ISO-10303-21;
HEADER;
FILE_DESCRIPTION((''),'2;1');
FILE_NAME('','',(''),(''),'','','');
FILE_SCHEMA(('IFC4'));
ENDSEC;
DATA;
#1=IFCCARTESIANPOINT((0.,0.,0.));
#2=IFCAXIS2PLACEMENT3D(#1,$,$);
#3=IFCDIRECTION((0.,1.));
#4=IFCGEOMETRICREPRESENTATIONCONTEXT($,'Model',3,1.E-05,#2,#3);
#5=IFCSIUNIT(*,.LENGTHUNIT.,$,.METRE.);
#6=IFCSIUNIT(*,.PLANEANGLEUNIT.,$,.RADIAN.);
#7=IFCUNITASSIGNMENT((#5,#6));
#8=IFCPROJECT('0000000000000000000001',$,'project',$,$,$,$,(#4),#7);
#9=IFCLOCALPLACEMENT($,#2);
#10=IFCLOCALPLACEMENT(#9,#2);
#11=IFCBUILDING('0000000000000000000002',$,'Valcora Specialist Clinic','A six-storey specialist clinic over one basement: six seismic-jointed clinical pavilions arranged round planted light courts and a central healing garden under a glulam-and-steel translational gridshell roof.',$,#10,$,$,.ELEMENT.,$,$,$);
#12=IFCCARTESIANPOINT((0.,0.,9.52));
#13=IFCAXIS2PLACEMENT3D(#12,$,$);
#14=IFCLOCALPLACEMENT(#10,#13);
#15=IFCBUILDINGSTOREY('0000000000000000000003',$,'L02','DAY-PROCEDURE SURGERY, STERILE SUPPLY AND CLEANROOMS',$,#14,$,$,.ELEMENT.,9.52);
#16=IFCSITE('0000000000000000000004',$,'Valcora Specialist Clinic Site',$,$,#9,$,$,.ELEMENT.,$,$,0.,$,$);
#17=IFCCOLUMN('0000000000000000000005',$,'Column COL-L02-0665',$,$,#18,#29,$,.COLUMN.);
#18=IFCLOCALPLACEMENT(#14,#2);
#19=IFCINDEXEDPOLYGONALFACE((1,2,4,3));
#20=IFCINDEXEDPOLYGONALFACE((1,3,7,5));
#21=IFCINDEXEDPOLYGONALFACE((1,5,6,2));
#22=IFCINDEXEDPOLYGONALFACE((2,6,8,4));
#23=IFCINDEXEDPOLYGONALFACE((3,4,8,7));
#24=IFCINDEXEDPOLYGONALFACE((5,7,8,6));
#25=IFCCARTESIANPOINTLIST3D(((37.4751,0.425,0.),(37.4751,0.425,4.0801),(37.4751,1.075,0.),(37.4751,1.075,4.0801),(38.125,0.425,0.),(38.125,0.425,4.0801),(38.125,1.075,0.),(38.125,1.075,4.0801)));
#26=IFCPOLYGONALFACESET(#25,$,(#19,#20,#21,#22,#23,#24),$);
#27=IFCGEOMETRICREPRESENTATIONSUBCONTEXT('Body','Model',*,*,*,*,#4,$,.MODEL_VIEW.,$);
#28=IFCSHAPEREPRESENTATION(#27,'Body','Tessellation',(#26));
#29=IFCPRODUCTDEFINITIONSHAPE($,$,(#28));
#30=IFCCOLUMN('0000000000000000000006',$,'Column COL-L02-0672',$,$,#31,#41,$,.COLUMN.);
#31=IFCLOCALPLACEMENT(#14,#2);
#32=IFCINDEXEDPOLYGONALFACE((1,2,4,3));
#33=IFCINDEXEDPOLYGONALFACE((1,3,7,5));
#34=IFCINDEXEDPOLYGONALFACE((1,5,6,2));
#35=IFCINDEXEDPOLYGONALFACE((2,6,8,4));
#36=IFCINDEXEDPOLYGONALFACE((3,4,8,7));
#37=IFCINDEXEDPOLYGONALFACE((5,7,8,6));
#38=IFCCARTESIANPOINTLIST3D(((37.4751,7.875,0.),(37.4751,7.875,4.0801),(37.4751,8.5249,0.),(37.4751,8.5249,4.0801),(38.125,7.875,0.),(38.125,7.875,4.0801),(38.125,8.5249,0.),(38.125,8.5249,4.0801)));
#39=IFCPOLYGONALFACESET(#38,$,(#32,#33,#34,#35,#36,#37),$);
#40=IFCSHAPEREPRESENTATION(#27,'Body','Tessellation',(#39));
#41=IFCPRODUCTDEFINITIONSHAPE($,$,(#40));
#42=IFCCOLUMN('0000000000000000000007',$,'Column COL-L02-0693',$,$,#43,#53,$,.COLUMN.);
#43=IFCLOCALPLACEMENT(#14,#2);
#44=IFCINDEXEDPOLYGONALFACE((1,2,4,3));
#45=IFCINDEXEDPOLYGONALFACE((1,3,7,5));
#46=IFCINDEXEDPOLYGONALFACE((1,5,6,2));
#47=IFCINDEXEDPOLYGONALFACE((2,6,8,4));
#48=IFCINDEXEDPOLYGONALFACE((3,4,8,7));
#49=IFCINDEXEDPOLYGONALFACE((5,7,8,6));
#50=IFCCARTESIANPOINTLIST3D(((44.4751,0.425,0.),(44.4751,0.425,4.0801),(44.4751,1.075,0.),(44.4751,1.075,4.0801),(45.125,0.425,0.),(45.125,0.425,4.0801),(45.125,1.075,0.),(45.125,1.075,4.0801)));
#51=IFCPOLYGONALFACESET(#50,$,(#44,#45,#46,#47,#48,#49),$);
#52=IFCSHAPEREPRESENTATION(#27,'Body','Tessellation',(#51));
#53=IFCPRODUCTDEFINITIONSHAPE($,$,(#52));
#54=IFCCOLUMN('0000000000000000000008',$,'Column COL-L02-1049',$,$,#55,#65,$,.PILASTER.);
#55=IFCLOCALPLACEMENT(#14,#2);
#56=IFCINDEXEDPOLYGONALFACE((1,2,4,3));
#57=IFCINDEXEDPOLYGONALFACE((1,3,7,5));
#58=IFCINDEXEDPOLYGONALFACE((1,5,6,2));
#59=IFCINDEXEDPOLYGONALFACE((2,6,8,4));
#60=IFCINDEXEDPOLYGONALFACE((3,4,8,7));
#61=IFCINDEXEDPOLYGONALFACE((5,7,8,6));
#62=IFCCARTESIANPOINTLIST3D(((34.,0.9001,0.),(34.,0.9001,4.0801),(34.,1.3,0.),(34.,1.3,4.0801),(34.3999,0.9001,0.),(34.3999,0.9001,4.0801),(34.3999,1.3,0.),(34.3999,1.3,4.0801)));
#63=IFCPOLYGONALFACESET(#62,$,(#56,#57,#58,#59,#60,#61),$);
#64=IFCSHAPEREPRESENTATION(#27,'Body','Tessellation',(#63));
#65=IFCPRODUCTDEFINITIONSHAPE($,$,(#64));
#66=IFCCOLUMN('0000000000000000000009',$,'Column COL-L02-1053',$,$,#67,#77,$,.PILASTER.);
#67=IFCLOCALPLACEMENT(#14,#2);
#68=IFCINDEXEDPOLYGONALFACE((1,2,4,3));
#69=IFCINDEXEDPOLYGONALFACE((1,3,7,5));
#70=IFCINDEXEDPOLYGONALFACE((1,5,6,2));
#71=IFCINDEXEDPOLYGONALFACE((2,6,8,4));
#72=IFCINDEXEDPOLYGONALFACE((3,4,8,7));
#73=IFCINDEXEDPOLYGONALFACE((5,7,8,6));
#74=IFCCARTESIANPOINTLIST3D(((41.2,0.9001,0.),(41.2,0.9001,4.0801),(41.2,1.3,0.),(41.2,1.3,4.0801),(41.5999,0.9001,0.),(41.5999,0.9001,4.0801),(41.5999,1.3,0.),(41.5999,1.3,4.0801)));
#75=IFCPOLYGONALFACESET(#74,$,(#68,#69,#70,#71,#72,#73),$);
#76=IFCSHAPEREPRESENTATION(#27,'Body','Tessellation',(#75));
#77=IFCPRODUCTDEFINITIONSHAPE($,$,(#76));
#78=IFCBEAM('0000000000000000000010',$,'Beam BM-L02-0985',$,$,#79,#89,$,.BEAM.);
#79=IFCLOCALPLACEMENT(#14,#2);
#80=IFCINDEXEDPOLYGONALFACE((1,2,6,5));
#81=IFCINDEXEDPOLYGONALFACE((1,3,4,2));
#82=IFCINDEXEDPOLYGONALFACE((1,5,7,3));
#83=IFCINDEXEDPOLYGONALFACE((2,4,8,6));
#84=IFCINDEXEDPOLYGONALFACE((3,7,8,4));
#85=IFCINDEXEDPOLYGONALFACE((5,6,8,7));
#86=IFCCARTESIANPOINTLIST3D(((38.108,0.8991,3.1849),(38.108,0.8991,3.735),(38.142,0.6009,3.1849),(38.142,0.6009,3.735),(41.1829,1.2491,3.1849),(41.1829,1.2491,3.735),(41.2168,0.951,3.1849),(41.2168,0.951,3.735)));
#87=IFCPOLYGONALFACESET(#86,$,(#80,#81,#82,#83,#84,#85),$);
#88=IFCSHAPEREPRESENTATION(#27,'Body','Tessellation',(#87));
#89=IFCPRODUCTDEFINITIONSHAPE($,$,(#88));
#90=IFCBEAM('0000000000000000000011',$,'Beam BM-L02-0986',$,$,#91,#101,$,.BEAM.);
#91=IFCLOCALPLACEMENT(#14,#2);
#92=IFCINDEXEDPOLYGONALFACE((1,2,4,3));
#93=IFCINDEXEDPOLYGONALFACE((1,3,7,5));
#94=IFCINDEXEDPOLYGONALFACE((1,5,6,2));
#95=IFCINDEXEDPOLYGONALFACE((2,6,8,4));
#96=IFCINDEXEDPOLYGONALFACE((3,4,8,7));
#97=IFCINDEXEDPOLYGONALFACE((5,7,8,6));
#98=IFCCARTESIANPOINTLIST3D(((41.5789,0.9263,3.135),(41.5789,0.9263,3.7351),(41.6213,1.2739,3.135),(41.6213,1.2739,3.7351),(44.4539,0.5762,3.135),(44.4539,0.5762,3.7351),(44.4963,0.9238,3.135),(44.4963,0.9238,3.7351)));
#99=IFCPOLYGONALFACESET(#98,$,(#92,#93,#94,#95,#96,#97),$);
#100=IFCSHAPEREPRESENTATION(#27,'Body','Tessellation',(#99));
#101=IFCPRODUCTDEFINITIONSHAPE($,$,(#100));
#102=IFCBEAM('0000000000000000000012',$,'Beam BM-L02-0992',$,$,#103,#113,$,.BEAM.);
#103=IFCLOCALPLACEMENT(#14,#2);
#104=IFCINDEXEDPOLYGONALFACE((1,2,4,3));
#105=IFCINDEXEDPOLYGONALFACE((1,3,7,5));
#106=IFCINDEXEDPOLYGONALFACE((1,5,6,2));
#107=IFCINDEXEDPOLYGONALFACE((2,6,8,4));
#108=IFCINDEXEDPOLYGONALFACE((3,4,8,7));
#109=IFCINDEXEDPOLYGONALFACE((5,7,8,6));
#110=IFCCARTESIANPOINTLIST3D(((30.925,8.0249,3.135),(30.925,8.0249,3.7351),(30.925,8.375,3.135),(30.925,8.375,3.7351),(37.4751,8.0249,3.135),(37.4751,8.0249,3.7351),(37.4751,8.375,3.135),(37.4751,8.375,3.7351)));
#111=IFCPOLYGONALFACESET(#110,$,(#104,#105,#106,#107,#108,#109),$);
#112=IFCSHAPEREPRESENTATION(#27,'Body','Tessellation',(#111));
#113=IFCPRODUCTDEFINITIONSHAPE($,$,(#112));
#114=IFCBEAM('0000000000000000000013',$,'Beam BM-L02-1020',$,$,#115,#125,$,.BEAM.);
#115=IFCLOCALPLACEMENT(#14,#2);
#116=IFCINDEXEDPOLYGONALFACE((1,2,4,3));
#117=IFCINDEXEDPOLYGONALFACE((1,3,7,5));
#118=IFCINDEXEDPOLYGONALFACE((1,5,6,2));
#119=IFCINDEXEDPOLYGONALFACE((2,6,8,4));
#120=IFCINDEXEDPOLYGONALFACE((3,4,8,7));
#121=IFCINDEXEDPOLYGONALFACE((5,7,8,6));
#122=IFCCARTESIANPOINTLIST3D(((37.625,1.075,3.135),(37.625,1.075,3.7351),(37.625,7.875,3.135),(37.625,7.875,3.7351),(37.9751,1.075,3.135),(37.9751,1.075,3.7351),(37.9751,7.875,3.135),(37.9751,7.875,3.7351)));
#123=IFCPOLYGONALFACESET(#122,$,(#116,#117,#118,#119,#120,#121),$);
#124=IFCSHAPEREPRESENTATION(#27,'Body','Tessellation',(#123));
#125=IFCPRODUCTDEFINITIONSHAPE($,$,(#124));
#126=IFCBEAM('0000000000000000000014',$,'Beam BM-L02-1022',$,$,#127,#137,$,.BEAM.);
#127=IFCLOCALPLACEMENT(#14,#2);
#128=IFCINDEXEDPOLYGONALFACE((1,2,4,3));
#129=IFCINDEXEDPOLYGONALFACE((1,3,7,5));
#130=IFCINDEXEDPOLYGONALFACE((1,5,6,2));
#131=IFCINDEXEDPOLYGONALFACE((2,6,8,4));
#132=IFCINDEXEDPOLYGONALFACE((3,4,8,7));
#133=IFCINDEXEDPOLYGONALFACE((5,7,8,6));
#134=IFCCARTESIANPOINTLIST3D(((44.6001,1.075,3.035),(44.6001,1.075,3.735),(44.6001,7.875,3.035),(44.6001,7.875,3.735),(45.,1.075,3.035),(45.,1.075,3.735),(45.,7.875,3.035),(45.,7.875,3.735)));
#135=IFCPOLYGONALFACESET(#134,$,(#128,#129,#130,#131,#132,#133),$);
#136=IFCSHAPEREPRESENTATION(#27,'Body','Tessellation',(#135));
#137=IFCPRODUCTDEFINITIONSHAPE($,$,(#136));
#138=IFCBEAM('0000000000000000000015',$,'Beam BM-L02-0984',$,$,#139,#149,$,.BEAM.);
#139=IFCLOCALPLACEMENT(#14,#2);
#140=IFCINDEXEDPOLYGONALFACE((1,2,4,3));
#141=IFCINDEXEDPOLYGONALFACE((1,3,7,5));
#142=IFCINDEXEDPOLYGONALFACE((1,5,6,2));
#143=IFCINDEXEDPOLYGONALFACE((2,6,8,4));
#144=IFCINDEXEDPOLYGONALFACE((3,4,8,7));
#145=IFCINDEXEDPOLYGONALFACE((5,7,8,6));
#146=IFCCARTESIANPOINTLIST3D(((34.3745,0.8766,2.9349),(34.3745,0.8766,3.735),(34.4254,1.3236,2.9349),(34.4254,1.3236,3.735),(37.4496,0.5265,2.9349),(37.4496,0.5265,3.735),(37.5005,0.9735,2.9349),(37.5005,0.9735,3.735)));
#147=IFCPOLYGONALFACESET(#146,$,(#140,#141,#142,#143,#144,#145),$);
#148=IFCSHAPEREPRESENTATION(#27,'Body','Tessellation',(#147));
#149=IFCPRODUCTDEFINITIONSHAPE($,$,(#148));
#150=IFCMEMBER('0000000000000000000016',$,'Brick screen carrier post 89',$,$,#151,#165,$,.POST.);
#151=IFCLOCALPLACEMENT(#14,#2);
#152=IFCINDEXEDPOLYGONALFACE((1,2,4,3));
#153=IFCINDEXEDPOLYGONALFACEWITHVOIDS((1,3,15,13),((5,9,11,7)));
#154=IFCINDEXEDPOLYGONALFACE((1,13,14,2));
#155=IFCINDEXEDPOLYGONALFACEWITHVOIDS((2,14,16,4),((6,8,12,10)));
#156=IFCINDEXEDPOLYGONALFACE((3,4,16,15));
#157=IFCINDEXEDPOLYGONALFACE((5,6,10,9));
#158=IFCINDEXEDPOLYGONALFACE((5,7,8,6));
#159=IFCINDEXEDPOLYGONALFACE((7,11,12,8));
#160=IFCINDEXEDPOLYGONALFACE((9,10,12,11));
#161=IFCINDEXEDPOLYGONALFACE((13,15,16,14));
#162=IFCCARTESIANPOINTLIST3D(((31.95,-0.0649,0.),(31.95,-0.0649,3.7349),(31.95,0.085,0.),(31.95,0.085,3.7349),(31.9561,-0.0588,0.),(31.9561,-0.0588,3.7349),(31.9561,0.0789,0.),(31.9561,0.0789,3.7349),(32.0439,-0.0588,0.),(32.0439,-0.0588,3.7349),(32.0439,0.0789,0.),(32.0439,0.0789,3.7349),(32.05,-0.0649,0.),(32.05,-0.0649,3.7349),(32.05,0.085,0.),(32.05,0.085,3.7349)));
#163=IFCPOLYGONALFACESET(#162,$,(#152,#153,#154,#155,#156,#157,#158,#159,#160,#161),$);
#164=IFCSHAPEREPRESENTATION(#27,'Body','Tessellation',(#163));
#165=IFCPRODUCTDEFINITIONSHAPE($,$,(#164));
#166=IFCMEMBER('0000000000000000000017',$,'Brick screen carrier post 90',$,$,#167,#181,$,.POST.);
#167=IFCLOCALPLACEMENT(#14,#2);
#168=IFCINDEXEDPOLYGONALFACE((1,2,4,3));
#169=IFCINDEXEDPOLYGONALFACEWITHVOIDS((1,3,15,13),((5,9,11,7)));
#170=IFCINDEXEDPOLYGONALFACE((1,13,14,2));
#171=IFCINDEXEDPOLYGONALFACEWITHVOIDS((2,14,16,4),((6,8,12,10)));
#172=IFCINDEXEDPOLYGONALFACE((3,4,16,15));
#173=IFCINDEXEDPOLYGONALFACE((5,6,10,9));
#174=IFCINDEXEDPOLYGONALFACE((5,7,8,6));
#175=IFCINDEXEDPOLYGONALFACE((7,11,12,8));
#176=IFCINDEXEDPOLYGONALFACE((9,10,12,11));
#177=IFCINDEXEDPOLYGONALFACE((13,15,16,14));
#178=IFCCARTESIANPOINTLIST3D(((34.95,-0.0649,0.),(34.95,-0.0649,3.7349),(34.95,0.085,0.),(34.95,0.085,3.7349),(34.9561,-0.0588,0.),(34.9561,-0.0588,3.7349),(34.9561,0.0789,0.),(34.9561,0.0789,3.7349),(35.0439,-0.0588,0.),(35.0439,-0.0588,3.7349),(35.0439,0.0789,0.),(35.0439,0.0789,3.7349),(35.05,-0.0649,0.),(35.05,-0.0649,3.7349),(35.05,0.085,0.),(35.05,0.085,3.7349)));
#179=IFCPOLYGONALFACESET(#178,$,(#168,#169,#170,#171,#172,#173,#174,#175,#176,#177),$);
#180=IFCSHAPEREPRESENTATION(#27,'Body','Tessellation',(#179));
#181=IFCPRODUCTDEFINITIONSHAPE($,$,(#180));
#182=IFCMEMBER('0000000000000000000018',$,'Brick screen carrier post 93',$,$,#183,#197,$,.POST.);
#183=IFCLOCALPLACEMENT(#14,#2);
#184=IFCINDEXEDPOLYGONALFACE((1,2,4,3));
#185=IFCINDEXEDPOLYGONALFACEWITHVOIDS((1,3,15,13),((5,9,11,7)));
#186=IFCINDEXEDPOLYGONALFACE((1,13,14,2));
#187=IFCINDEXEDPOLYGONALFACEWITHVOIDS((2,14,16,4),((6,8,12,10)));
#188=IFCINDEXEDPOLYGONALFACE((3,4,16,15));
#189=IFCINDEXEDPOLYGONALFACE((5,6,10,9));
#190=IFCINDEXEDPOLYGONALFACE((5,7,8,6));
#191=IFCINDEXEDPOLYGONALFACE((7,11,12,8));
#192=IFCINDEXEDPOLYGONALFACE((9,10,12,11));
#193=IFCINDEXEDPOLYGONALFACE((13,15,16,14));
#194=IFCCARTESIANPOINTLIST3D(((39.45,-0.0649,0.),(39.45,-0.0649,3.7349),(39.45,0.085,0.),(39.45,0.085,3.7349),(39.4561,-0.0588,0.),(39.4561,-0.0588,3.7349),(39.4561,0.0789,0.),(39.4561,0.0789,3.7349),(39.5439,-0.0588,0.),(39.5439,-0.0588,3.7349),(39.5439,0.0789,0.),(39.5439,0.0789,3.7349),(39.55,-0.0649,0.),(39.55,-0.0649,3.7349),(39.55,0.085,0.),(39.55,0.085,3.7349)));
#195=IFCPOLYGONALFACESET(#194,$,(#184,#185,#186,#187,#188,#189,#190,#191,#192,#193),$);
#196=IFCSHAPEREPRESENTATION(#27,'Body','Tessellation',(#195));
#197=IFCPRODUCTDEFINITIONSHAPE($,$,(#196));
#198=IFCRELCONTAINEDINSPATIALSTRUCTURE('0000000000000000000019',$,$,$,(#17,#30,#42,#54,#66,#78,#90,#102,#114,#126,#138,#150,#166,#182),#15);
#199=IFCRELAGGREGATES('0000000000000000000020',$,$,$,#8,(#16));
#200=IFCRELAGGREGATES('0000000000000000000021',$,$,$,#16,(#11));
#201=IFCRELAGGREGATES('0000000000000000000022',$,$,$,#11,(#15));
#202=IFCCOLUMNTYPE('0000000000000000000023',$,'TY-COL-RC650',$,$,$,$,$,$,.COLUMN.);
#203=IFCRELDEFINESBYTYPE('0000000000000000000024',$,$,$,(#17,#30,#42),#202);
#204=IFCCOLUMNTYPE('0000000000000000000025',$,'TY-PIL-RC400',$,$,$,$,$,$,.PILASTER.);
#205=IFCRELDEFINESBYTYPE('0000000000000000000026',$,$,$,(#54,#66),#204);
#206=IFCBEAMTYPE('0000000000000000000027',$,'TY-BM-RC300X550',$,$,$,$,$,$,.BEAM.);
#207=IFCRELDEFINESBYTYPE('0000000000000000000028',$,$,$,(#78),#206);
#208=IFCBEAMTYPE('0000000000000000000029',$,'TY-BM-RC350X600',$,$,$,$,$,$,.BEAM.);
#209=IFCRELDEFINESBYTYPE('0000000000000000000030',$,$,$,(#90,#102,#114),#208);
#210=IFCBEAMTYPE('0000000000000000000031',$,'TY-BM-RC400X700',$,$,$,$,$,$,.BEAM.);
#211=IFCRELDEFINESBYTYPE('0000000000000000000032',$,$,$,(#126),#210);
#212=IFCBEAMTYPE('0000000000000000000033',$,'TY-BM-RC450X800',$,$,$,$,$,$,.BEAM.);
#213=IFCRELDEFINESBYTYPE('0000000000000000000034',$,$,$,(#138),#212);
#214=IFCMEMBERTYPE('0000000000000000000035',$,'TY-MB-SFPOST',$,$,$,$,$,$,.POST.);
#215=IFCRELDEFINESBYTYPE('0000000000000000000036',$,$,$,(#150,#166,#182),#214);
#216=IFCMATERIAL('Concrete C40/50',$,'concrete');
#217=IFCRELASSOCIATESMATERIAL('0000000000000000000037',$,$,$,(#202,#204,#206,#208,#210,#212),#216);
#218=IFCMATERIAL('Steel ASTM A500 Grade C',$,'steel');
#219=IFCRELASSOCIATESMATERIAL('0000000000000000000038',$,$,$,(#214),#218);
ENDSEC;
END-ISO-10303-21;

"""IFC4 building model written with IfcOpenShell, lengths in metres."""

from ifc_helpers import new_model, si_unit, direction, frame, origin, origin_2d, place, context, subcontext, project, spatial, rectangle, hollow_rectangle, extrude, material, material_profile, profile_set, type_object, element, save


model = new_model("IFC4")

# Units and contexts
model_context = context("Model", 3, precision=1e-05, world=origin(), true_north=direction((0.0, 1.0)))
body_context = subcontext(model_context, "Body", "Model", "MODEL_VIEW")
ifc_project = project(units=[si_unit("LENGTHUNIT", "METRE"), si_unit("PLANEANGLEUNIT", "RADIAN")], contexts=[model_context])

# Site, building, storey
site_placement = place(None, origin())
site = spatial("IfcSite", under=ifc_project, at=site_placement, Name="Valcora Specialist Clinic Site", CompositionType="ELEMENT", RefElevation=0.0)
building_placement = place(site_placement, origin())
building = spatial("IfcBuilding", under=site, at=building_placement, Name="Valcora Specialist Clinic", Description="A six-storey specialist clinic over one basement: six seismic-jointed clinical pavilions arranged round planted light courts and a central healing garden under a glulam-and-steel translational gridshell roof.", CompositionType="ELEMENT")
storey_placement = place(building_placement, frame((0.0, 0.0, 9.52)))
storey = spatial("IfcBuildingStorey", under=building, at=storey_placement, Name="L02", Description="DAY-PROCEDURE SURGERY, STERILE SUPPLY AND CLEANROOMS", CompositionType="ELEMENT", Elevation=9.52)

# Columns
ifc_material_1 = material(Name="Concrete C40/50", Category="concrete")
ifc_material_profile_1 = material_profile(ifc_material_1, rectangle(XDim=0.6499, YDim=0.6499, at=origin_2d()), Name="RC-COL-650X650")
ifc_profile_set_1 = profile_set([ifc_material_profile_1], Name="Concrete C40/50")
column_type_1 = type_object("IfcColumnType", Name="TY-COL-RC650", PredefinedType="COLUMN", material=ifc_profile_set_1)
for number, where, z_axis, x_axis, name in (
    (1, (37.8, 0.75, 0.0), (0.0, 0.0, 1.0), (1.0, 0.0, 0.0), "Column COL-L02-0665"),
    (2, (37.8, 8.2, 0.0), (0.0, 0.0, 1.0), (1.0, 0.0, 0.0), "Column COL-L02-0672"),
    (3, (44.8, 0.75, 0.0), (0.0, 0.0, 1.0), (1.0, 0.0, 0.0), "Column COL-L02-0693"),
):
    element("IfcColumn", number, at=place(storey_placement, frame(where, z_axis=z_axis, x_axis=x_axis)), inside=storey, type_object=column_type_1, Name=name, PredefinedType="COLUMN", context=body_context, shape_type="SweptSolid", body=[
        extrude(rectangle(XDim=0.6499, YDim=0.6499, at=origin_2d()), origin(), (0.0, 0.0, 1.0), 4.0801),
    ])
ifc_material_profile_2 = material_profile(ifc_material_1, rectangle(XDim=0.3999, YDim=0.3999, at=origin_2d()), Name="RC-COL-400X400")
ifc_profile_set_2 = profile_set([ifc_material_profile_2], Name="Concrete C40/50")
column_type_2 = type_object("IfcColumnType", Name="TY-PIL-RC400", PredefinedType="PILASTER", material=ifc_profile_set_2)
for number, where, z_axis, x_axis, name in (
    (4, (34.2, 1.1001, 0.0), (0.0, 0.0, 1.0), (1.0, 0.0, 0.0), "Column COL-L02-1049"),
    (5, (41.3999, 1.1001, 0.0), (0.0, 0.0, 1.0), (1.0, 0.0, 0.0), "Column COL-L02-1053"),
):
    element("IfcColumn", number, at=place(storey_placement, frame(where, z_axis=z_axis, x_axis=x_axis)), inside=storey, type_object=column_type_2, Name=name, PredefinedType="PILASTER", context=body_context, shape_type="SweptSolid", body=[
        extrude(rectangle(XDim=0.3999, YDim=0.3999, at=origin_2d()), origin(), (0.0, 0.0, 1.0), 4.0801),
    ])

# Beams
ifc_material_profile_3 = material_profile(ifc_material_1, rectangle(XDim=0.3, YDim=0.55, at=origin_2d()), Name="RC-BM-300X550")
ifc_profile_set_3 = profile_set([ifc_material_profile_3], Name="Concrete C40/50")
beam_type_1 = type_object("IfcBeamType", Name="TY-BM-RC300X550", PredefinedType="BEAM", material=ifc_profile_set_3)
beam_1_placement = place(storey_placement, frame((38.125, 0.75, 3.46), z_axis=(0.993581, 0.113124, 0.0), x_axis=(-0.113124, 0.993581, 0.0)))
element("IfcBeam", 6, at=beam_1_placement, inside=storey, type_object=beam_type_1, Name="Beam BM-L02-0985", PredefinedType="BEAM", context=body_context, shape_type="SweptSolid", body=[
    extrude(rectangle(XDim=0.3, YDim=0.55, at=origin_2d()), origin(), (0.0, 0.0, 1.0), 3.0947),
])
ifc_material_profile_4 = material_profile(ifc_material_1, rectangle(XDim=0.3501, YDim=0.6001, at=origin_2d()), Name="RC-BM-350X600")
ifc_profile_set_4 = profile_set([ifc_material_profile_4], Name="Concrete C40/50")
beam_type_2 = type_object("IfcBeamType", Name="TY-BM-RC350X600", PredefinedType="BEAM", material=ifc_profile_set_4)
beam_2_placement = place(storey_placement, frame((41.6001, 1.1001, 3.4351), z_axis=(0.992667, -0.12088, 0.0), x_axis=(0.12088, 0.992667, 0.0)))
element("IfcBeam", 7, at=beam_2_placement, inside=storey, type_object=beam_type_2, Name="Beam BM-L02-0986", PredefinedType="BEAM", context=body_context, shape_type="SweptSolid", body=[
    extrude(rectangle(XDim=0.3501, YDim=0.6001, at=origin_2d()), origin(), (0.0, 0.0, 1.0), 2.8962),
])
beam_3_placement = place(storey_placement, frame((30.925, 8.2, 3.4351), z_axis=(1.0, 0.0, 0.0), x_axis=(0.0, 1.0, 0.0)))
element("IfcBeam", 8, at=beam_3_placement, inside=storey, type_object=beam_type_2, Name="Beam BM-L02-0992", PredefinedType="BEAM", context=body_context, shape_type="SweptSolid", body=[
    extrude(rectangle(XDim=0.3501, YDim=0.6001, at=origin_2d()), origin(), (0.0, 0.0, 1.0), 6.55),
])
beam_4_placement = place(storey_placement, frame((37.8, 1.075, 3.4351), z_axis=(0.0, 1.0, 0.0), x_axis=(-1.0, 0.0, 0.0)))
element("IfcBeam", 9, at=beam_4_placement, inside=storey, type_object=beam_type_2, Name="Beam BM-L02-1020", PredefinedType="BEAM", context=body_context, shape_type="SweptSolid", body=[
    extrude(rectangle(XDim=0.3501, YDim=0.6001, at=origin_2d()), origin(), (0.0, 0.0, 1.0), 6.8),
])
ifc_material_profile_5 = material_profile(ifc_material_1, rectangle(XDim=0.3999, YDim=0.7, at=origin_2d()), Name="RC-BM-400X700")
ifc_profile_set_5 = profile_set([ifc_material_profile_5], Name="Concrete C40/50")
beam_type_3 = type_object("IfcBeamType", Name="TY-BM-RC400X700", PredefinedType="BEAM", material=ifc_profile_set_5)
beam_5_placement = place(storey_placement, frame((44.8, 1.075, 3.385), z_axis=(0.0, 1.0, 0.0), x_axis=(-1.0, 0.0, 0.0)))
element("IfcBeam", 10, at=beam_5_placement, inside=storey, type_object=beam_type_3, Name="Beam BM-L02-1022", PredefinedType="BEAM", context=body_context, shape_type="SweptSolid", body=[
    extrude(rectangle(XDim=0.3999, YDim=0.7, at=origin_2d()), origin(), (0.0, 0.0, 1.0), 6.8),
])
ifc_material_profile_6 = material_profile(ifc_material_1, rectangle(XDim=0.45, YDim=0.8, at=origin_2d()), Name="RC-BM-450X800")
ifc_profile_set_6 = profile_set([ifc_material_profile_6], Name="Concrete C40/50")
beam_type_4 = type_object("IfcBeamType", Name="TY-BM-RC450X800", PredefinedType="BEAM", material=ifc_profile_set_6)
beam_6_placement = place(storey_placement, frame((34.3999, 1.1001, 3.335), z_axis=(0.993582, -0.113115, 0.0), x_axis=(0.113115, 0.993582, 0.0)))
element("IfcBeam", 11, at=beam_6_placement, inside=storey, type_object=beam_type_4, Name="Beam BM-L02-0984", PredefinedType="BEAM", context=body_context, shape_type="SweptSolid", body=[
    extrude(rectangle(XDim=0.45, YDim=0.8, at=origin_2d()), origin(), (0.0, 0.0, 1.0), 3.095),
])

# Members
ifc_material_2 = material(Name="Steel ASTM A500 Grade C", Category="steel")
ifc_material_profile_7 = material_profile(ifc_material_2, hollow_rectangle(XDim=0.1001, YDim=0.1499, WallThickness=0.0061, at=origin_2d()), Name="ST-RHS-150X100X6")
ifc_profile_set_7 = profile_set([ifc_material_profile_7], Name="Steel ASTM A500 Grade C")
member_type_1 = type_object("IfcMemberType", Name="TY-MB-SFPOST", PredefinedType="POST", material=ifc_profile_set_7)
for number, where, z_axis, x_axis, name in (
    (12, (32.0, 0.01, 0.0), (0.0, 0.0, 1.0), (1.0, 0.0, 0.0), "Brick screen carrier post 89"),
    (13, (35.0, 0.01, 0.0), (0.0, 0.0, 1.0), (1.0, 0.0, 0.0), "Brick screen carrier post 90"),
    (14, (39.5, 0.01, 0.0), (0.0, 0.0, 1.0), (1.0, 0.0, 0.0), "Brick screen carrier post 93"),
):
    element("IfcMember", number, at=place(storey_placement, frame(where, z_axis=z_axis, x_axis=x_axis)), inside=storey, type_object=member_type_1, Name=name, PredefinedType="POST", context=body_context, shape_type="SweptSolid", body=[
        extrude(hollow_rectangle(XDim=0.1001, YDim=0.1499, WallThickness=0.0061, at=origin_2d()), origin(), (0.0, 0.0, 1.0), 3.7349),
    ])

save(model, "model.ifc")
